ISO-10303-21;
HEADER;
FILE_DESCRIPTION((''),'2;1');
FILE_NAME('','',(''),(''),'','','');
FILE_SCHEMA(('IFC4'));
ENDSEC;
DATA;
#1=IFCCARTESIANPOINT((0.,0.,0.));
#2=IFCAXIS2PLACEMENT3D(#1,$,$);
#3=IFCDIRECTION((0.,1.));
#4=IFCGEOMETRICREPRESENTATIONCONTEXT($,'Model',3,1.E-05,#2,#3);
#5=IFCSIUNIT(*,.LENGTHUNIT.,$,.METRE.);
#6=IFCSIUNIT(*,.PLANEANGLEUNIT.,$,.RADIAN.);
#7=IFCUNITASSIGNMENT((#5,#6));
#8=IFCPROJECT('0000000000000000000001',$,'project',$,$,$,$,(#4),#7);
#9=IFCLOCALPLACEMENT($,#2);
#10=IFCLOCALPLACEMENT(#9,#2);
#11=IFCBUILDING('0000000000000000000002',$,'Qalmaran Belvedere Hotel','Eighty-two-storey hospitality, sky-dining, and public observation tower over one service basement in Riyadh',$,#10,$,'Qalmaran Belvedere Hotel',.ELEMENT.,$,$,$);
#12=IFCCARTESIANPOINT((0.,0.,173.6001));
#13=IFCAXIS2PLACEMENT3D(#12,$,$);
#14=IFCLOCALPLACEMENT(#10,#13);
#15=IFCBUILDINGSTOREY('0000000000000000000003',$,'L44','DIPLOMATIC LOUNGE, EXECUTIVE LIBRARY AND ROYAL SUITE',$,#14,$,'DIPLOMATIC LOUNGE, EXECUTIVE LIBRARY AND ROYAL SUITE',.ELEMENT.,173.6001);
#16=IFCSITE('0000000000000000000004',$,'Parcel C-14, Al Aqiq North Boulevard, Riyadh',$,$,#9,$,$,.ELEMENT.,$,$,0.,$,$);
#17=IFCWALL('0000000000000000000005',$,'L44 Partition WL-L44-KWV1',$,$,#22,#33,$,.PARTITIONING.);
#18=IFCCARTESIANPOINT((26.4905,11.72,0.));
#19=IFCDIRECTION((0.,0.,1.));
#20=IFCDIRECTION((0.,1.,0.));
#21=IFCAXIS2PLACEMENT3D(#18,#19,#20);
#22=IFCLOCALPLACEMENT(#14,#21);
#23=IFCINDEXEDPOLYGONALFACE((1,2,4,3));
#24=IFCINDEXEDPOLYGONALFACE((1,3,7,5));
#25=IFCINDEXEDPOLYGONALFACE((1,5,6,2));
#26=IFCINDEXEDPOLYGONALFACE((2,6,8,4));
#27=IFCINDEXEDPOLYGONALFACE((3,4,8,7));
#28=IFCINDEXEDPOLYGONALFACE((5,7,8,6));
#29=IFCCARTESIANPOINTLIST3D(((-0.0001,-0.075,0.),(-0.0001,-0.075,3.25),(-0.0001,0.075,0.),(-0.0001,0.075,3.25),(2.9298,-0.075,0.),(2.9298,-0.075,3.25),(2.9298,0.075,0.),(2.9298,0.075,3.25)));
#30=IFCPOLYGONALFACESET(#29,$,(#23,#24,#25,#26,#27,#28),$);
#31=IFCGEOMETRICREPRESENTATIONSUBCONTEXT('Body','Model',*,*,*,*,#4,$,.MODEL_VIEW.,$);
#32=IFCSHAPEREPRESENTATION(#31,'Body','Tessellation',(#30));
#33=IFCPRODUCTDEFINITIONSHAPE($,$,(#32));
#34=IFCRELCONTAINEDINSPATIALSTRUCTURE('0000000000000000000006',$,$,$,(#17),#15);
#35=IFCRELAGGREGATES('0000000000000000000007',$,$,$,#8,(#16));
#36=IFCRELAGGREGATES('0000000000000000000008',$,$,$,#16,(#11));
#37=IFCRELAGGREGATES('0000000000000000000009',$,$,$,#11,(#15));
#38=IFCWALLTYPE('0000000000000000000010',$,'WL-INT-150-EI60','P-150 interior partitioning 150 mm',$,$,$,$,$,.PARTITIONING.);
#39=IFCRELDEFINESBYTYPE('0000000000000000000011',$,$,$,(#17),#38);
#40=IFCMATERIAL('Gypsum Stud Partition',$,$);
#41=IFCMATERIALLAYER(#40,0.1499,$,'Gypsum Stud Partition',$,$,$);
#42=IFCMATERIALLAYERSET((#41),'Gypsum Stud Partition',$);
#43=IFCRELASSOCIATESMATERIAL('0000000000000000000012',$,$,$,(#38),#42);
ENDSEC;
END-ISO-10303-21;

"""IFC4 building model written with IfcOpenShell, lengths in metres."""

from ifc_helpers import new_model, si_unit, direction, frame, frame_2d, origin, place, context, subcontext, project, spatial, rectangle, extrude, material, layer, layer_set, type_object, element, save


model = new_model("IFC4")

# Units and contexts
model_context = context("Model", 3, precision=1e-05, world=origin(), true_north=direction((0.0, 1.0)))
body_context = subcontext(model_context, "Body", "Model", "MODEL_VIEW")
ifc_project = project(units=[si_unit("LENGTHUNIT", "METRE"), si_unit("PLANEANGLEUNIT", "RADIAN")], contexts=[model_context])

# Site, building, storey
site_placement = place(None, origin())
site = spatial("IfcSite", under=ifc_project, at=site_placement, Name="Parcel C-14, Al Aqiq North Boulevard, Riyadh", CompositionType="ELEMENT", RefElevation=0.0)
building_placement = place(site_placement, origin())
building = spatial("IfcBuilding", under=site, at=building_placement, Name="Qalmaran Belvedere Hotel", Description="Eighty-two-storey hospitality, sky-dining, and public observation tower over one service basement in Riyadh", LongName="Qalmaran Belvedere Hotel", CompositionType="ELEMENT")
storey_placement = place(building_placement, frame((0.0, 0.0, 173.6001)))
storey = spatial("IfcBuildingStorey", under=building, at=storey_placement, Name="L44", Description="DIPLOMATIC LOUNGE, EXECUTIVE LIBRARY AND ROYAL SUITE", LongName="DIPLOMATIC LOUNGE, EXECUTIVE LIBRARY AND ROYAL SUITE", CompositionType="ELEMENT", Elevation=173.6001)

# Shared definitions
ifc_material_1 = material(Name="Gypsum Stud Partition")

# Wall
ifc_layer_1 = layer(ifc_material_1, 0.1499, Name="Gypsum Stud Partition")
ifc_layer_set_1 = layer_set([ifc_layer_1], Name="Gypsum Stud Partition")
wall_type_1 = type_object("IfcWallType", Name="WL-INT-150-EI60", Description="P-150 interior partitioning 150 mm", PredefinedType="PARTITIONING", material=ifc_layer_set_1)
wall_1_placement = place(storey_placement, frame((26.4905, 11.72, 0.0), z_axis=(0.0, 0.0, 1.0), x_axis=(0.0, 1.0, 0.0)))
element("IfcWall", 1, at=wall_1_placement, inside=storey, type_object=wall_type_1, Name="L44 Partition WL-L44-KWV1", PredefinedType="PARTITIONING", context=body_context, shape_type="SweptSolid", body=[
    extrude(rectangle(XDim=2.9299, YDim=0.1499, at=frame_2d((1.4648, 0.0))), origin(), (0.0, 0.0, 1.0), 3.25),
])

save(model, "model.ifc")
